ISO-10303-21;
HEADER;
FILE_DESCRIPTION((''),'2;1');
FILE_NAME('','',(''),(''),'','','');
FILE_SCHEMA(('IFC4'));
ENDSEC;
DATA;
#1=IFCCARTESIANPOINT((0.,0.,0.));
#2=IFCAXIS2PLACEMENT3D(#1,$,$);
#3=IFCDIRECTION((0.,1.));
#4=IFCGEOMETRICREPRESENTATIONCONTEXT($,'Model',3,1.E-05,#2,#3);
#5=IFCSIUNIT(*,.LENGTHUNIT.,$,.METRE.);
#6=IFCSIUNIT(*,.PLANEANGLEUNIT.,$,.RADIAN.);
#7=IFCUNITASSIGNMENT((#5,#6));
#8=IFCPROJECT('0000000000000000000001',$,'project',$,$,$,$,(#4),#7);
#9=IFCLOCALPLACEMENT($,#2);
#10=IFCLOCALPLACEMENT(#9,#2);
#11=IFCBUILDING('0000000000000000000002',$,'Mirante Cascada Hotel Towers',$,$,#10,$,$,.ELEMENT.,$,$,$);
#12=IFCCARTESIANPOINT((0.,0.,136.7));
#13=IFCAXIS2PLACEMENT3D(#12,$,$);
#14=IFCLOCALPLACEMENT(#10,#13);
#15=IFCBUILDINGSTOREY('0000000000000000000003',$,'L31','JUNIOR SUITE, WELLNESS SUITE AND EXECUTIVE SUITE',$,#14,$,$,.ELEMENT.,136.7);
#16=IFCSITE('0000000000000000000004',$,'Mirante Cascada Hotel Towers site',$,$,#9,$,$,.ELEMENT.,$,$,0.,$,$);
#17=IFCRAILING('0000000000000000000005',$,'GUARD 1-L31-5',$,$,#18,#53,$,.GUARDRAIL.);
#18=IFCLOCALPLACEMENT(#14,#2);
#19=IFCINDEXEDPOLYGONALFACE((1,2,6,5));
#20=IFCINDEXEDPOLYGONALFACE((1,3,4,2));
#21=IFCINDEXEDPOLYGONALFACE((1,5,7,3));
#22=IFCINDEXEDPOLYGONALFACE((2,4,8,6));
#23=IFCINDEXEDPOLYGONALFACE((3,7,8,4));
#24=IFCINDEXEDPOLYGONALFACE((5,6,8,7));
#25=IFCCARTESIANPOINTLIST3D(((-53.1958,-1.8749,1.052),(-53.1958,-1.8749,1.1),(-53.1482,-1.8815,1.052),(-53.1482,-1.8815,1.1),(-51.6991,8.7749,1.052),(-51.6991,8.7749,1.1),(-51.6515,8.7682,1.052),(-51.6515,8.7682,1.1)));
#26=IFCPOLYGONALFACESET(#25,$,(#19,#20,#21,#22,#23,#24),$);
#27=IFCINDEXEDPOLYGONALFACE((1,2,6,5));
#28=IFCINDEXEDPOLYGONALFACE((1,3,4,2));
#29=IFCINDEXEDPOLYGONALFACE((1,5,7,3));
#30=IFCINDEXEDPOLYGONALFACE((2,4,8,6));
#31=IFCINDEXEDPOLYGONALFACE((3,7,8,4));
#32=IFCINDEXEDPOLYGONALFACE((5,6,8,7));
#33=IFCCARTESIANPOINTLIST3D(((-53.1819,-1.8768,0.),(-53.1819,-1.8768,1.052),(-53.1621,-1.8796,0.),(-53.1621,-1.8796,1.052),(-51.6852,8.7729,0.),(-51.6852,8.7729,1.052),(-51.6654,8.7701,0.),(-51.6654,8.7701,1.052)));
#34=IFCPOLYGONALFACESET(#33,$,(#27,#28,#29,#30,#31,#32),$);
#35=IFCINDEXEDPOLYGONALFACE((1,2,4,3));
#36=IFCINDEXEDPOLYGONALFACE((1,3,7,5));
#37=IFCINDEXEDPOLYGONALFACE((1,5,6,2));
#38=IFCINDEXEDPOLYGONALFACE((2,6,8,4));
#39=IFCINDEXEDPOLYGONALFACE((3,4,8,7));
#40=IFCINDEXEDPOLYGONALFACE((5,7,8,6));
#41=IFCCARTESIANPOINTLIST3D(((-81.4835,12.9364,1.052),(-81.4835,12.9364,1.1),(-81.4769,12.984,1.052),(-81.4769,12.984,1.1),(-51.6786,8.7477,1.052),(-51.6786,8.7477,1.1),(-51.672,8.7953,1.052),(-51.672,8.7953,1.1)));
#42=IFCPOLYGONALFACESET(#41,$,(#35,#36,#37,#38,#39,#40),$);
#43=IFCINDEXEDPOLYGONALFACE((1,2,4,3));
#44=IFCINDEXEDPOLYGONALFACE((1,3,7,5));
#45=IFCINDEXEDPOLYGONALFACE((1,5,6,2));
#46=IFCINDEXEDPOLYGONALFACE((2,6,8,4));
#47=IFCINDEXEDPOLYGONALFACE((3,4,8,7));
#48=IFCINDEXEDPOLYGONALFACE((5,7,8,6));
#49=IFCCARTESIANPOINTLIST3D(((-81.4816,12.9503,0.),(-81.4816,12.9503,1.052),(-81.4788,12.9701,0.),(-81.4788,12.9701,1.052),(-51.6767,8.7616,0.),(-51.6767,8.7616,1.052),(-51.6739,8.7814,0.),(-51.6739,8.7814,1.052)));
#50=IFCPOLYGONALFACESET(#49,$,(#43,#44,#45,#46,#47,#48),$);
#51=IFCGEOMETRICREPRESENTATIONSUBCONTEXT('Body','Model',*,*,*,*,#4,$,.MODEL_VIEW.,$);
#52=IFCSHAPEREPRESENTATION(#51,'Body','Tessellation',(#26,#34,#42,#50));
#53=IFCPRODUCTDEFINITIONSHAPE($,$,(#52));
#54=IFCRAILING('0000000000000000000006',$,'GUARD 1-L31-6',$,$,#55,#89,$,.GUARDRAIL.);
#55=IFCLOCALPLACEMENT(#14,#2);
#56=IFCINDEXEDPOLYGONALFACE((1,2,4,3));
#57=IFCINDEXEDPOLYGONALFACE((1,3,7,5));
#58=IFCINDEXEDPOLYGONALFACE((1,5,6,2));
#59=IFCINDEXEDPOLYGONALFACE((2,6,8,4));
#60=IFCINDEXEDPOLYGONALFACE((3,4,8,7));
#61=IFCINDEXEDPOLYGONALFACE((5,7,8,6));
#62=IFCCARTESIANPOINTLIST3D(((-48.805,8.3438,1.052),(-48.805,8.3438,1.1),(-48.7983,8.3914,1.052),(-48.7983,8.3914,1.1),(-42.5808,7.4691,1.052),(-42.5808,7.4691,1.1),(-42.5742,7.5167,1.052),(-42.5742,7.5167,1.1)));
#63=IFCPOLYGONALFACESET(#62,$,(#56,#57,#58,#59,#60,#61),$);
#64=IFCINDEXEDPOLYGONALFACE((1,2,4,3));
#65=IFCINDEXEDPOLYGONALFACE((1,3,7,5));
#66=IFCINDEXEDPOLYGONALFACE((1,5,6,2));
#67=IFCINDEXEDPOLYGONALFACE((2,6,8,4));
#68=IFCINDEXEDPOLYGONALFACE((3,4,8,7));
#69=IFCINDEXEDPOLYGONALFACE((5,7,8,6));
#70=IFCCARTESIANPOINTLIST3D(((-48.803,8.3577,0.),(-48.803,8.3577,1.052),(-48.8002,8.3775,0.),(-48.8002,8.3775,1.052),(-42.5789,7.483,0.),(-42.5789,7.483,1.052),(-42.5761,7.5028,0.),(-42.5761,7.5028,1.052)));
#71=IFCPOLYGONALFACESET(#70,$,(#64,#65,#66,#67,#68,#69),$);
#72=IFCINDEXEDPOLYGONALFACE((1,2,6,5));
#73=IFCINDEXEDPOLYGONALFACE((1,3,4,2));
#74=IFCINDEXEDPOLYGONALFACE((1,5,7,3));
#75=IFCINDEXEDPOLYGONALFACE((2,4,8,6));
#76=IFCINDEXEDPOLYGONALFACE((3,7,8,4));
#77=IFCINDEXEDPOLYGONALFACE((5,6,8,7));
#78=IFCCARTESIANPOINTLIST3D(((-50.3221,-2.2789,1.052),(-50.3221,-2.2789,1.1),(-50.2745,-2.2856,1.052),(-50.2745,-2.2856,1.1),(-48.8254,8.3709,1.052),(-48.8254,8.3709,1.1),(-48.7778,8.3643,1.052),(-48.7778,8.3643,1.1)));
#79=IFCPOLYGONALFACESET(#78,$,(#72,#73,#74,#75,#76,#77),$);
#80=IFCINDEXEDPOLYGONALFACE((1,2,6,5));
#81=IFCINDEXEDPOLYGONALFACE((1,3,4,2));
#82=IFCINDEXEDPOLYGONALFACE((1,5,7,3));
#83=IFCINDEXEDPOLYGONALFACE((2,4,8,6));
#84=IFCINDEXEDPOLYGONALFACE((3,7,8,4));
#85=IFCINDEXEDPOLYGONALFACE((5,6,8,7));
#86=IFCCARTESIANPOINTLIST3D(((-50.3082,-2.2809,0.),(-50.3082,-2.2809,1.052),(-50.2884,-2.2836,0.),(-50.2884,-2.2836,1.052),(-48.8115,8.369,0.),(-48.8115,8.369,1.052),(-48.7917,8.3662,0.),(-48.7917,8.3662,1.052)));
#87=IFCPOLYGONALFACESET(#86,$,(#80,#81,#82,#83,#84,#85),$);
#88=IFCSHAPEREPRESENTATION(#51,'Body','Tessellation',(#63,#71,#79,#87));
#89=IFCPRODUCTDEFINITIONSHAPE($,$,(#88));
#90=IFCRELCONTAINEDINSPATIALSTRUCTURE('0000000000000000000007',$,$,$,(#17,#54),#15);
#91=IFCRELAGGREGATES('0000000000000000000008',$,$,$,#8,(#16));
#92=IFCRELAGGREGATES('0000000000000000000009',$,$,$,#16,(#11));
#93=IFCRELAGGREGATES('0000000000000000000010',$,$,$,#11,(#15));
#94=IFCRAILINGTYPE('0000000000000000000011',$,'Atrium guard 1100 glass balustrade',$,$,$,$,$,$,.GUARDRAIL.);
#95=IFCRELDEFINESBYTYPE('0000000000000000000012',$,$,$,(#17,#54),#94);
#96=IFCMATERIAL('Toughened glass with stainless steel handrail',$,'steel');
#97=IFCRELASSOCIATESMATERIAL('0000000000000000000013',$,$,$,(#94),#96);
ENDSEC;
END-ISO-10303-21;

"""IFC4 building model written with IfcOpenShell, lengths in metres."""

from ifc_helpers import new_model, si_unit, direction, frame, origin, origin_2d, place, context, subcontext, project, spatial, rectangle, extrude, material, type_object, element, save


model = new_model("IFC4")

# Units and contexts
model_context = context("Model", 3, precision=1e-05, world=origin(), true_north=direction((0.0, 1.0)))
body_context = subcontext(model_context, "Body", "Model", "MODEL_VIEW")
ifc_project = project(units=[si_unit("LENGTHUNIT", "METRE"), si_unit("PLANEANGLEUNIT", "RADIAN")], contexts=[model_context])

# Site, building, storey
site_placement = place(None, origin())
site = spatial("IfcSite", under=ifc_project, at=site_placement, Name="Mirante Cascada Hotel Towers site", CompositionType="ELEMENT", RefElevation=0.0)
building_placement = place(site_placement, origin())
building = spatial("IfcBuilding", under=site, at=building_placement, Name="Mirante Cascada Hotel Towers", CompositionType="ELEMENT")
storey_placement = place(building_placement, frame((0.0, 0.0, 136.7)))
storey = spatial("IfcBuildingStorey", under=building, at=storey_placement, Name="L31", Description="JUNIOR SUITE, WELLNESS SUITE AND EXECUTIVE SUITE", CompositionType="ELEMENT", Elevation=136.7)

# Railings
ifc_material_1 = material(Name="Toughened glass with stainless steel handrail", Category="steel")
railing_type = type_object("IfcRailingType", Name="Atrium guard 1100 glass balustrade", PredefinedType="GUARDRAIL", material=ifc_material_1)
railing_1_placement = place(storey_placement, frame((-53.172, -1.8782, 0.0)))
element("IfcRailing", 1, at=railing_1_placement, inside=storey, type_object=railing_type, Name="GUARD 1-L31-5", PredefinedType="GUARDRAIL", context=body_context, shape_type="SweptSolid", body=[
    extrude(rectangle(XDim=0.048, YDim=0.048, at=origin_2d()), frame((0.0, 0.0, 1.076), z_axis=(0.139172, 0.990268, 0.0), x_axis=(-0.990268, 0.139172, 0.0)), (0.0, 0.0, 1.0), 10.7544),
    extrude(rectangle(XDim=0.02, YDim=1.052, at=origin_2d()), frame((0.0, 0.0, 0.526), z_axis=(0.139172, 0.990268, 0.0), x_axis=(-0.990268, 0.139172, 0.0)), (0.0, 0.0, 1.0), 10.7544),
    extrude(rectangle(XDim=0.048, YDim=0.048, at=origin_2d()), frame((1.4967, 10.6497, 1.076), z_axis=(-0.990269, 0.13917, 0.0), x_axis=(-0.13917, -0.990269, 0.0)), (0.0, 0.0, 1.0), 30.0978),
    extrude(rectangle(XDim=0.02, YDim=1.052, at=origin_2d()), frame((1.4967, 10.6497, 0.526), z_axis=(-0.990269, 0.13917, 0.0), x_axis=(-0.13917, -0.990269, 0.0)), (0.0, 0.0, 1.0), 30.0978),
])
railing_2_placement = place(storey_placement, frame((-42.5775, 7.4929, 0.0)))
element("IfcRailing", 2, at=railing_2_placement, inside=storey, type_object=railing_type, Name="GUARD 1-L31-6", PredefinedType="GUARDRAIL", context=body_context, shape_type="SweptSolid", body=[
    extrude(rectangle(XDim=0.048, YDim=0.048, at=origin_2d()), frame((0.0, 0.0, 1.076), z_axis=(-0.990269, 0.139167, 0.0), x_axis=(-0.139167, -0.990269, 0.0)), (0.0, 0.0, 1.0), 6.2853),
    extrude(rectangle(XDim=0.02, YDim=1.052, at=origin_2d()), frame((0.0, 0.0, 0.526), z_axis=(-0.990269, 0.139167, 0.0), x_axis=(-0.139167, -0.990269, 0.0)), (0.0, 0.0, 1.0), 6.2853),
    extrude(rectangle(XDim=0.048, YDim=0.048, at=origin_2d()), frame((-6.2241, 0.8747, 1.076), z_axis=(-0.13917, -0.990268, 0.0), x_axis=(0.990268, -0.13917, 0.0)), (0.0, 0.0, 1.0), 10.7545),
    extrude(rectangle(XDim=0.02, YDim=1.052, at=origin_2d()), frame((-6.2241, 0.8747, 0.526), z_axis=(-0.13917, -0.990268, 0.0), x_axis=(0.990268, -0.13917, 0.0)), (0.0, 0.0, 1.0), 10.7545),
])

save(model, "model.ifc")
